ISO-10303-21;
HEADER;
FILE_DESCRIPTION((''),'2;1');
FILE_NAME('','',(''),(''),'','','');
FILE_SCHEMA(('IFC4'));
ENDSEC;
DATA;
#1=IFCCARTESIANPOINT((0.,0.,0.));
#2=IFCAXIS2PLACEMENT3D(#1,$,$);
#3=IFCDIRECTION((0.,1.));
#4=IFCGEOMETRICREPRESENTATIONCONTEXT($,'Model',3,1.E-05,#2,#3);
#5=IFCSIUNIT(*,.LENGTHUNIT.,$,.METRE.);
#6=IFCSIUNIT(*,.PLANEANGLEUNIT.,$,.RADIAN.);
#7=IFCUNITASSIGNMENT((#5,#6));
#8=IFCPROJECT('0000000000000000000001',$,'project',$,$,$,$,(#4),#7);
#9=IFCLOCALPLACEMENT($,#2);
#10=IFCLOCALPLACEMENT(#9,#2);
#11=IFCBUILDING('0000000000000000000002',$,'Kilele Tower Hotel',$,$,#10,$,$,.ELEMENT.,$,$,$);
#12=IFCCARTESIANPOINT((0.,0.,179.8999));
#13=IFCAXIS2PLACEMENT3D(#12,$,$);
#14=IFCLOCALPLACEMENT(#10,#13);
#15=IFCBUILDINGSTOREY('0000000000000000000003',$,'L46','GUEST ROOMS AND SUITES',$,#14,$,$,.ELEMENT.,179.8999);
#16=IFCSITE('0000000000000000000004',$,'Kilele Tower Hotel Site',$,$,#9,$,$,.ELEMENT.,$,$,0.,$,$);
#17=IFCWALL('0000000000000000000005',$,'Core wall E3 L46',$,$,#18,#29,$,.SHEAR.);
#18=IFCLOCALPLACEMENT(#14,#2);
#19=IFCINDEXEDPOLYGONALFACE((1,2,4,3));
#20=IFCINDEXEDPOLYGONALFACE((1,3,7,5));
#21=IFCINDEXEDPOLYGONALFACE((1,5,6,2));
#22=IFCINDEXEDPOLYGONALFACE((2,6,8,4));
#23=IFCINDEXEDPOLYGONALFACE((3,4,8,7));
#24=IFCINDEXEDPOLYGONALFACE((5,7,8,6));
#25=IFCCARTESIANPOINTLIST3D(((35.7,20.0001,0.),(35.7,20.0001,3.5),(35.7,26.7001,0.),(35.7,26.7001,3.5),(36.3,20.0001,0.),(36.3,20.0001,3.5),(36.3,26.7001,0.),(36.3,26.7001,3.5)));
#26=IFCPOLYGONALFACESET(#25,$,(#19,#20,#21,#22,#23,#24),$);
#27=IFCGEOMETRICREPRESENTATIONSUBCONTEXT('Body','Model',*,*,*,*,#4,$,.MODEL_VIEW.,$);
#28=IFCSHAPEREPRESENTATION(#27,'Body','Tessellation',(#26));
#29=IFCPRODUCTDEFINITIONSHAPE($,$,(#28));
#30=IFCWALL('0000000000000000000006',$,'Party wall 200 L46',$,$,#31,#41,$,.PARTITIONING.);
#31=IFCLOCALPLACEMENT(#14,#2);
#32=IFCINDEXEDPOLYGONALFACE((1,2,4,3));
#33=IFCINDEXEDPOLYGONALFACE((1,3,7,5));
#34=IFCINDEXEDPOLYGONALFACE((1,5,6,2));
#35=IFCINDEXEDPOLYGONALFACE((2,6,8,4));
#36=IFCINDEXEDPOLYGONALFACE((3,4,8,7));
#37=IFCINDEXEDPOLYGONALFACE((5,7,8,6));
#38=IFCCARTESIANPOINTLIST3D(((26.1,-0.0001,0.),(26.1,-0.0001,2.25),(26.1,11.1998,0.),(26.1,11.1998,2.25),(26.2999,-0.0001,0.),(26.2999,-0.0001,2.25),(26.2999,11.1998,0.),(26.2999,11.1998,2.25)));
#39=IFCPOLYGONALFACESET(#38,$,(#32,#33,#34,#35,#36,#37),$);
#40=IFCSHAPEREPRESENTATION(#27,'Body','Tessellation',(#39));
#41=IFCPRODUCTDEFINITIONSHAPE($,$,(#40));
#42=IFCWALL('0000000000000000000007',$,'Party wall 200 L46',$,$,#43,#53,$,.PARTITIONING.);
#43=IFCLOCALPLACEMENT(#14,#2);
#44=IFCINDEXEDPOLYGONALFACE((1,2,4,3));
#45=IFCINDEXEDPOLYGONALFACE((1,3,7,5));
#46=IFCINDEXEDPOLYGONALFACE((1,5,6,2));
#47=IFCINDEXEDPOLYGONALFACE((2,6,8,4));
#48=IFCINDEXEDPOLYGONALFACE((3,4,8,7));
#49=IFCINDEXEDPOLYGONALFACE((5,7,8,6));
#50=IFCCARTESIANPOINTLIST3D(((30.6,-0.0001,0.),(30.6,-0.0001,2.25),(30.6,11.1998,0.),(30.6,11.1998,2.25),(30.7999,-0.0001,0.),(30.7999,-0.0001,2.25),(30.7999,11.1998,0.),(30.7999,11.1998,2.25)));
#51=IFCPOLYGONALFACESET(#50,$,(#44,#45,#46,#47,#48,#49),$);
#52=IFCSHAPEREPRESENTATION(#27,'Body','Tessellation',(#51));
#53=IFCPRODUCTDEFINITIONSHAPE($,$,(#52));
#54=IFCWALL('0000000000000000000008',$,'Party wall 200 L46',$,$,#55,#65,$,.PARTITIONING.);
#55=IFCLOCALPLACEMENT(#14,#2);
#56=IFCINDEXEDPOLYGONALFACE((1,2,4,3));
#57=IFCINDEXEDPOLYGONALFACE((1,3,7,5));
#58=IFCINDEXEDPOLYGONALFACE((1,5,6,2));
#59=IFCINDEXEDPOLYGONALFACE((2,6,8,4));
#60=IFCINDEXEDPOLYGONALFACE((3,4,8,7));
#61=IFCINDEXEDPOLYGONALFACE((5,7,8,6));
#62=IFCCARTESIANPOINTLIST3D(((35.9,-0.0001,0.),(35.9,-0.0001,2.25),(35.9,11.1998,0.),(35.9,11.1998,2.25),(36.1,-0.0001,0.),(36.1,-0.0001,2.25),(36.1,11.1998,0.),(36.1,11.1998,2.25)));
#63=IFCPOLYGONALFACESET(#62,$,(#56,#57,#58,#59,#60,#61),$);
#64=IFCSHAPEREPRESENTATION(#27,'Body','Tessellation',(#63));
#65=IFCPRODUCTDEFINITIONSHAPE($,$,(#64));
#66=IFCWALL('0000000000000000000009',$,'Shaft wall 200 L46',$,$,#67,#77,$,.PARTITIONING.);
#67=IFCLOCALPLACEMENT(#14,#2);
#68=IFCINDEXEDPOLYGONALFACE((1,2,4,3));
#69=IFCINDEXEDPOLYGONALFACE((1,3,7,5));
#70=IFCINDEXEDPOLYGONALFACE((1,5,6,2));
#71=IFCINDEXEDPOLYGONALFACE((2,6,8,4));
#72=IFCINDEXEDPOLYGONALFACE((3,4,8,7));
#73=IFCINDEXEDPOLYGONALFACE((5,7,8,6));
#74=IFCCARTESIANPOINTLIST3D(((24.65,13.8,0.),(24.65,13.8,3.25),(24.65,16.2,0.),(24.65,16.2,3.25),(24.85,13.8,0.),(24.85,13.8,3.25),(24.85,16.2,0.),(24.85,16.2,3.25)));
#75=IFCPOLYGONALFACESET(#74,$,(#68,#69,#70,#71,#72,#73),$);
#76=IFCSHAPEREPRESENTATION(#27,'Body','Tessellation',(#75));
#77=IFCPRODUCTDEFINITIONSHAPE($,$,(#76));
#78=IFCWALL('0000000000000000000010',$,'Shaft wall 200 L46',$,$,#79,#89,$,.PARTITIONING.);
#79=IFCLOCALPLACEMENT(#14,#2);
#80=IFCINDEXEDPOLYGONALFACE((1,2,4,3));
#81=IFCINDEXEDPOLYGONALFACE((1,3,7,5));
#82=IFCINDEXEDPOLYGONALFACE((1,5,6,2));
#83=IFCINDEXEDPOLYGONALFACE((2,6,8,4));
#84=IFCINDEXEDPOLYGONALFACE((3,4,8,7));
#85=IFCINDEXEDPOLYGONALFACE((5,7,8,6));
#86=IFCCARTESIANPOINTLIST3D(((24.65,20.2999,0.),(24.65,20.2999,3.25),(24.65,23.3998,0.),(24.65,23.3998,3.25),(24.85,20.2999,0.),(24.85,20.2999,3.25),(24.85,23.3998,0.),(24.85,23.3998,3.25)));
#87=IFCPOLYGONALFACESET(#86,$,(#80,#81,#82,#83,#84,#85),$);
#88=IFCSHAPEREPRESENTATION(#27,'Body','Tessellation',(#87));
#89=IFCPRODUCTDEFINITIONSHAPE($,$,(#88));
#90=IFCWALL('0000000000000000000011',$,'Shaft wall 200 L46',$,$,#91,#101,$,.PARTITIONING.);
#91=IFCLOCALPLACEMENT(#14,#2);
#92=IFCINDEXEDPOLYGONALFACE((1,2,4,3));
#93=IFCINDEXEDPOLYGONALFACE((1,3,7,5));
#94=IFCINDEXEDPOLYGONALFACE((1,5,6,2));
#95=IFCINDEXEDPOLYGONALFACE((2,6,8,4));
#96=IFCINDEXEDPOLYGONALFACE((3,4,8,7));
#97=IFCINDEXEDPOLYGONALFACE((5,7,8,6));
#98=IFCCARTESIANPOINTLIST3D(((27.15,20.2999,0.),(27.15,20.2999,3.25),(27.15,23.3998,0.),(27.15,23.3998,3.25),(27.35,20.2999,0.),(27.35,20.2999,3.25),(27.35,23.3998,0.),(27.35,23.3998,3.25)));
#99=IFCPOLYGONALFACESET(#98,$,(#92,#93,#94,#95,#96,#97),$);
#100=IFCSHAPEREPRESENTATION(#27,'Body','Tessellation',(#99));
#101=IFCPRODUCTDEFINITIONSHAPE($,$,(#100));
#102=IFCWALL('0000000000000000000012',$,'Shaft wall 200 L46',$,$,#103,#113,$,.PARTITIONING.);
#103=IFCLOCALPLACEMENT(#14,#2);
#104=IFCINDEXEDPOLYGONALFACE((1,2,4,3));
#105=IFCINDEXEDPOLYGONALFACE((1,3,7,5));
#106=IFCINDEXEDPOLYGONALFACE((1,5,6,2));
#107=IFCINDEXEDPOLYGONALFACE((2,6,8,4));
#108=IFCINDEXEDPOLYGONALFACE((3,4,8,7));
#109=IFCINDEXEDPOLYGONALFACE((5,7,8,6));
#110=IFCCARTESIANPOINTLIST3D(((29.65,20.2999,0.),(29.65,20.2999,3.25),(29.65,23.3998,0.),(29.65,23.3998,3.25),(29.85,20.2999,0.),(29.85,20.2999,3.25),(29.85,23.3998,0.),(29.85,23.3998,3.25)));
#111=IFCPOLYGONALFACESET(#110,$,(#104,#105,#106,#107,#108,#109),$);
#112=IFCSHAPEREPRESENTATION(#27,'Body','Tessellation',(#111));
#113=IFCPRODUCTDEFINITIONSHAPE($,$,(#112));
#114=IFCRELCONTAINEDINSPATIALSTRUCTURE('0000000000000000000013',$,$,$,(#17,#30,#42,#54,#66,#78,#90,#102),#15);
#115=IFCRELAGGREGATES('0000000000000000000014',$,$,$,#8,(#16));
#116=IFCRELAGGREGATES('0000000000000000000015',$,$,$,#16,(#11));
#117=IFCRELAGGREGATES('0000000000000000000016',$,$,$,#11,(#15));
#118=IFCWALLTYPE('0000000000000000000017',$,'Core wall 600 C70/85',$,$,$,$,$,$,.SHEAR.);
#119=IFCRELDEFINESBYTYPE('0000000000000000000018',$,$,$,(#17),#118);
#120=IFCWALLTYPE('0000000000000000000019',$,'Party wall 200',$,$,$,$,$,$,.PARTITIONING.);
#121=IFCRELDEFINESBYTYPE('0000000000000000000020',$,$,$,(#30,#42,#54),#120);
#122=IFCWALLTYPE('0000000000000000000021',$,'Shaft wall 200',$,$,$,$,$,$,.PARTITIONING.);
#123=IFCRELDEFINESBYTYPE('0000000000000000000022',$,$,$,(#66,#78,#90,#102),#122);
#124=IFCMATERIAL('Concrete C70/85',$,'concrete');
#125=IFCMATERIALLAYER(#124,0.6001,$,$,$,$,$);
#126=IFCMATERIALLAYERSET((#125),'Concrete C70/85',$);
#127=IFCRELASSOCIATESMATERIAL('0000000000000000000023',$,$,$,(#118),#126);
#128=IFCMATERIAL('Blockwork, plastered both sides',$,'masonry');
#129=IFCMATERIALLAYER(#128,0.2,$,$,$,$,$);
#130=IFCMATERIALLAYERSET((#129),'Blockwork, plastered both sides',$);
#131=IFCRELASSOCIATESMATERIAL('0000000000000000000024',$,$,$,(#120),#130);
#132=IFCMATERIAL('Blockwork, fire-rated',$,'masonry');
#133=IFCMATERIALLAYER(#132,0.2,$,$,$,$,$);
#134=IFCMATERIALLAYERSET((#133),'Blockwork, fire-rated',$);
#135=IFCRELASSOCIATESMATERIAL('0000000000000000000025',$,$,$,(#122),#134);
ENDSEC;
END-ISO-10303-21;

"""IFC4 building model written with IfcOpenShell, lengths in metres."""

from ifc_helpers import new_model, si_unit, direction, frame, frame_2d, origin, place, context, subcontext, project, spatial, rectangle, extrude, material, layer, layer_set, type_object, element, save


model = new_model("IFC4")

# Units and contexts
model_context = context("Model", 3, precision=1e-05, world=origin(), true_north=direction((0.0, 1.0)))
body_context = subcontext(model_context, "Body", "Model", "MODEL_VIEW")
ifc_project = project(units=[si_unit("LENGTHUNIT", "METRE"), si_unit("PLANEANGLEUNIT", "RADIAN")], contexts=[model_context])

# Site, building, storey
site_placement = place(None, origin())
site = spatial("IfcSite", under=ifc_project, at=site_placement, Name="Kilele Tower Hotel Site", CompositionType="ELEMENT", RefElevation=0.0)
building_placement = place(site_placement, origin())
building = spatial("IfcBuilding", under=site, at=building_placement, Name="Kilele Tower Hotel", CompositionType="ELEMENT")
storey_placement = place(building_placement, frame((0.0, 0.0, 179.8999)))
storey = spatial("IfcBuildingStorey", under=building, at=storey_placement, Name="L46", Description="GUEST ROOMS AND SUITES", CompositionType="ELEMENT", Elevation=179.8999)

# Shared definitions
ifc_material_1 = material(Name="Concrete C70/85", Category="concrete")
ifc_layer_1 = layer(ifc_material_1, 0.6001)
ifc_layer_set_1 = layer_set([ifc_layer_1], Name="Concrete C70/85")
wall_type_1 = type_object("IfcWallType", Name="Core wall 600 C70/85", PredefinedType="SHEAR", material=ifc_layer_set_1)

# Walls
wall_1_placement = place(storey_placement, frame((36.0, 20.0, 0.0), z_axis=(0.0, 0.0, 1.0), x_axis=(0.0, 1.0, 0.0)))
element("IfcWall", 1, at=wall_1_placement, inside=storey, type_object=wall_type_1, Name="Core wall E3 L46", PredefinedType="SHEAR", context=body_context, shape_type="SweptSolid", body=[
    extrude(rectangle(XDim=6.7, YDim=0.6001, at=frame_2d((3.3501, 0.0))), origin(), (0.0, 0.0, 1.0), 3.5),
])
ifc_material_2 = material(Name="Blockwork, plastered both sides", Category="masonry")
ifc_layer_2 = layer(ifc_material_2, 0.2)
ifc_layer_set_2 = layer_set([ifc_layer_2], Name="Blockwork, plastered both sides")
wall_type_2 = type_object("IfcWallType", Name="Party wall 200", PredefinedType="PARTITIONING", material=ifc_layer_set_2)
for number, where, z_axis, x_axis, name in (
    (2, (26.2, 11.2, 0.0), (0.0, 0.0, 1.0), (0.0, -1.0, 0.0), "Party wall 200 L46"),
    (3, (30.7, 11.2, 0.0), (0.0, 0.0, 1.0), (0.0, -1.0, 0.0), "Party wall 200 L46"),
    (4, (36.0, 11.2, 0.0), (0.0, 0.0, 1.0), (0.0, -1.0, 0.0), "Party wall 200 L46"),
):
    element("IfcWall", number, at=place(storey_placement, frame(where, z_axis=z_axis, x_axis=x_axis)), inside=storey, type_object=wall_type_2, Name=name, PredefinedType="PARTITIONING", context=body_context, shape_type="SweptSolid", body=[
        extrude(rectangle(XDim=11.2, YDim=0.2, at=frame_2d((5.6001, 0.0))), origin(), (0.0, 0.0, 1.0), 2.25),
    ])
ifc_material_3 = material(Name="Blockwork, fire-rated", Category="masonry")
ifc_layer_3 = layer(ifc_material_3, 0.2)
ifc_layer_set_3 = layer_set([ifc_layer_3], Name="Blockwork, fire-rated")
wall_type_3 = type_object("IfcWallType", Name="Shaft wall 200", PredefinedType="PARTITIONING", material=ifc_layer_set_3)
wall_2_placement = place(storey_placement, frame((24.75, 13.8, 0.0), z_axis=(0.0, 0.0, 1.0), x_axis=(0.0, 1.0, 0.0)))
element("IfcWall", 5, at=wall_2_placement, inside=storey, type_object=wall_type_3, Name="Shaft wall 200 L46", PredefinedType="PARTITIONING", context=body_context, shape_type="SweptSolid", body=[
    extrude(rectangle(XDim=2.3999, YDim=0.2, at=frame_2d((1.2, 0.0))), origin(), (0.0, 0.0, 1.0), 3.25),
])
for number, where, z_axis, x_axis, name in (
    (6, (24.75, 20.3, 0.0), (0.0, 0.0, 1.0), (0.0, 1.0, 0.0), "Shaft wall 200 L46"),
    (7, (27.25, 20.3, 0.0), (0.0, 0.0, 1.0), (0.0, 1.0, 0.0), "Shaft wall 200 L46"),
    (8, (29.75, 20.3, 0.0), (0.0, 0.0, 1.0), (0.0, 1.0, 0.0), "Shaft wall 200 L46"),
):
    element("IfcWall", number, at=place(storey_placement, frame(where, z_axis=z_axis, x_axis=x_axis)), inside=storey, type_object=wall_type_3, Name=name, PredefinedType="PARTITIONING", context=body_context, shape_type="SweptSolid", body=[
        extrude(rectangle(XDim=3.0999, YDim=0.2, at=frame_2d((1.5498, 0.0))), origin(), (0.0, 0.0, 1.0), 3.25),
    ])

save(model, "model.ifc")
